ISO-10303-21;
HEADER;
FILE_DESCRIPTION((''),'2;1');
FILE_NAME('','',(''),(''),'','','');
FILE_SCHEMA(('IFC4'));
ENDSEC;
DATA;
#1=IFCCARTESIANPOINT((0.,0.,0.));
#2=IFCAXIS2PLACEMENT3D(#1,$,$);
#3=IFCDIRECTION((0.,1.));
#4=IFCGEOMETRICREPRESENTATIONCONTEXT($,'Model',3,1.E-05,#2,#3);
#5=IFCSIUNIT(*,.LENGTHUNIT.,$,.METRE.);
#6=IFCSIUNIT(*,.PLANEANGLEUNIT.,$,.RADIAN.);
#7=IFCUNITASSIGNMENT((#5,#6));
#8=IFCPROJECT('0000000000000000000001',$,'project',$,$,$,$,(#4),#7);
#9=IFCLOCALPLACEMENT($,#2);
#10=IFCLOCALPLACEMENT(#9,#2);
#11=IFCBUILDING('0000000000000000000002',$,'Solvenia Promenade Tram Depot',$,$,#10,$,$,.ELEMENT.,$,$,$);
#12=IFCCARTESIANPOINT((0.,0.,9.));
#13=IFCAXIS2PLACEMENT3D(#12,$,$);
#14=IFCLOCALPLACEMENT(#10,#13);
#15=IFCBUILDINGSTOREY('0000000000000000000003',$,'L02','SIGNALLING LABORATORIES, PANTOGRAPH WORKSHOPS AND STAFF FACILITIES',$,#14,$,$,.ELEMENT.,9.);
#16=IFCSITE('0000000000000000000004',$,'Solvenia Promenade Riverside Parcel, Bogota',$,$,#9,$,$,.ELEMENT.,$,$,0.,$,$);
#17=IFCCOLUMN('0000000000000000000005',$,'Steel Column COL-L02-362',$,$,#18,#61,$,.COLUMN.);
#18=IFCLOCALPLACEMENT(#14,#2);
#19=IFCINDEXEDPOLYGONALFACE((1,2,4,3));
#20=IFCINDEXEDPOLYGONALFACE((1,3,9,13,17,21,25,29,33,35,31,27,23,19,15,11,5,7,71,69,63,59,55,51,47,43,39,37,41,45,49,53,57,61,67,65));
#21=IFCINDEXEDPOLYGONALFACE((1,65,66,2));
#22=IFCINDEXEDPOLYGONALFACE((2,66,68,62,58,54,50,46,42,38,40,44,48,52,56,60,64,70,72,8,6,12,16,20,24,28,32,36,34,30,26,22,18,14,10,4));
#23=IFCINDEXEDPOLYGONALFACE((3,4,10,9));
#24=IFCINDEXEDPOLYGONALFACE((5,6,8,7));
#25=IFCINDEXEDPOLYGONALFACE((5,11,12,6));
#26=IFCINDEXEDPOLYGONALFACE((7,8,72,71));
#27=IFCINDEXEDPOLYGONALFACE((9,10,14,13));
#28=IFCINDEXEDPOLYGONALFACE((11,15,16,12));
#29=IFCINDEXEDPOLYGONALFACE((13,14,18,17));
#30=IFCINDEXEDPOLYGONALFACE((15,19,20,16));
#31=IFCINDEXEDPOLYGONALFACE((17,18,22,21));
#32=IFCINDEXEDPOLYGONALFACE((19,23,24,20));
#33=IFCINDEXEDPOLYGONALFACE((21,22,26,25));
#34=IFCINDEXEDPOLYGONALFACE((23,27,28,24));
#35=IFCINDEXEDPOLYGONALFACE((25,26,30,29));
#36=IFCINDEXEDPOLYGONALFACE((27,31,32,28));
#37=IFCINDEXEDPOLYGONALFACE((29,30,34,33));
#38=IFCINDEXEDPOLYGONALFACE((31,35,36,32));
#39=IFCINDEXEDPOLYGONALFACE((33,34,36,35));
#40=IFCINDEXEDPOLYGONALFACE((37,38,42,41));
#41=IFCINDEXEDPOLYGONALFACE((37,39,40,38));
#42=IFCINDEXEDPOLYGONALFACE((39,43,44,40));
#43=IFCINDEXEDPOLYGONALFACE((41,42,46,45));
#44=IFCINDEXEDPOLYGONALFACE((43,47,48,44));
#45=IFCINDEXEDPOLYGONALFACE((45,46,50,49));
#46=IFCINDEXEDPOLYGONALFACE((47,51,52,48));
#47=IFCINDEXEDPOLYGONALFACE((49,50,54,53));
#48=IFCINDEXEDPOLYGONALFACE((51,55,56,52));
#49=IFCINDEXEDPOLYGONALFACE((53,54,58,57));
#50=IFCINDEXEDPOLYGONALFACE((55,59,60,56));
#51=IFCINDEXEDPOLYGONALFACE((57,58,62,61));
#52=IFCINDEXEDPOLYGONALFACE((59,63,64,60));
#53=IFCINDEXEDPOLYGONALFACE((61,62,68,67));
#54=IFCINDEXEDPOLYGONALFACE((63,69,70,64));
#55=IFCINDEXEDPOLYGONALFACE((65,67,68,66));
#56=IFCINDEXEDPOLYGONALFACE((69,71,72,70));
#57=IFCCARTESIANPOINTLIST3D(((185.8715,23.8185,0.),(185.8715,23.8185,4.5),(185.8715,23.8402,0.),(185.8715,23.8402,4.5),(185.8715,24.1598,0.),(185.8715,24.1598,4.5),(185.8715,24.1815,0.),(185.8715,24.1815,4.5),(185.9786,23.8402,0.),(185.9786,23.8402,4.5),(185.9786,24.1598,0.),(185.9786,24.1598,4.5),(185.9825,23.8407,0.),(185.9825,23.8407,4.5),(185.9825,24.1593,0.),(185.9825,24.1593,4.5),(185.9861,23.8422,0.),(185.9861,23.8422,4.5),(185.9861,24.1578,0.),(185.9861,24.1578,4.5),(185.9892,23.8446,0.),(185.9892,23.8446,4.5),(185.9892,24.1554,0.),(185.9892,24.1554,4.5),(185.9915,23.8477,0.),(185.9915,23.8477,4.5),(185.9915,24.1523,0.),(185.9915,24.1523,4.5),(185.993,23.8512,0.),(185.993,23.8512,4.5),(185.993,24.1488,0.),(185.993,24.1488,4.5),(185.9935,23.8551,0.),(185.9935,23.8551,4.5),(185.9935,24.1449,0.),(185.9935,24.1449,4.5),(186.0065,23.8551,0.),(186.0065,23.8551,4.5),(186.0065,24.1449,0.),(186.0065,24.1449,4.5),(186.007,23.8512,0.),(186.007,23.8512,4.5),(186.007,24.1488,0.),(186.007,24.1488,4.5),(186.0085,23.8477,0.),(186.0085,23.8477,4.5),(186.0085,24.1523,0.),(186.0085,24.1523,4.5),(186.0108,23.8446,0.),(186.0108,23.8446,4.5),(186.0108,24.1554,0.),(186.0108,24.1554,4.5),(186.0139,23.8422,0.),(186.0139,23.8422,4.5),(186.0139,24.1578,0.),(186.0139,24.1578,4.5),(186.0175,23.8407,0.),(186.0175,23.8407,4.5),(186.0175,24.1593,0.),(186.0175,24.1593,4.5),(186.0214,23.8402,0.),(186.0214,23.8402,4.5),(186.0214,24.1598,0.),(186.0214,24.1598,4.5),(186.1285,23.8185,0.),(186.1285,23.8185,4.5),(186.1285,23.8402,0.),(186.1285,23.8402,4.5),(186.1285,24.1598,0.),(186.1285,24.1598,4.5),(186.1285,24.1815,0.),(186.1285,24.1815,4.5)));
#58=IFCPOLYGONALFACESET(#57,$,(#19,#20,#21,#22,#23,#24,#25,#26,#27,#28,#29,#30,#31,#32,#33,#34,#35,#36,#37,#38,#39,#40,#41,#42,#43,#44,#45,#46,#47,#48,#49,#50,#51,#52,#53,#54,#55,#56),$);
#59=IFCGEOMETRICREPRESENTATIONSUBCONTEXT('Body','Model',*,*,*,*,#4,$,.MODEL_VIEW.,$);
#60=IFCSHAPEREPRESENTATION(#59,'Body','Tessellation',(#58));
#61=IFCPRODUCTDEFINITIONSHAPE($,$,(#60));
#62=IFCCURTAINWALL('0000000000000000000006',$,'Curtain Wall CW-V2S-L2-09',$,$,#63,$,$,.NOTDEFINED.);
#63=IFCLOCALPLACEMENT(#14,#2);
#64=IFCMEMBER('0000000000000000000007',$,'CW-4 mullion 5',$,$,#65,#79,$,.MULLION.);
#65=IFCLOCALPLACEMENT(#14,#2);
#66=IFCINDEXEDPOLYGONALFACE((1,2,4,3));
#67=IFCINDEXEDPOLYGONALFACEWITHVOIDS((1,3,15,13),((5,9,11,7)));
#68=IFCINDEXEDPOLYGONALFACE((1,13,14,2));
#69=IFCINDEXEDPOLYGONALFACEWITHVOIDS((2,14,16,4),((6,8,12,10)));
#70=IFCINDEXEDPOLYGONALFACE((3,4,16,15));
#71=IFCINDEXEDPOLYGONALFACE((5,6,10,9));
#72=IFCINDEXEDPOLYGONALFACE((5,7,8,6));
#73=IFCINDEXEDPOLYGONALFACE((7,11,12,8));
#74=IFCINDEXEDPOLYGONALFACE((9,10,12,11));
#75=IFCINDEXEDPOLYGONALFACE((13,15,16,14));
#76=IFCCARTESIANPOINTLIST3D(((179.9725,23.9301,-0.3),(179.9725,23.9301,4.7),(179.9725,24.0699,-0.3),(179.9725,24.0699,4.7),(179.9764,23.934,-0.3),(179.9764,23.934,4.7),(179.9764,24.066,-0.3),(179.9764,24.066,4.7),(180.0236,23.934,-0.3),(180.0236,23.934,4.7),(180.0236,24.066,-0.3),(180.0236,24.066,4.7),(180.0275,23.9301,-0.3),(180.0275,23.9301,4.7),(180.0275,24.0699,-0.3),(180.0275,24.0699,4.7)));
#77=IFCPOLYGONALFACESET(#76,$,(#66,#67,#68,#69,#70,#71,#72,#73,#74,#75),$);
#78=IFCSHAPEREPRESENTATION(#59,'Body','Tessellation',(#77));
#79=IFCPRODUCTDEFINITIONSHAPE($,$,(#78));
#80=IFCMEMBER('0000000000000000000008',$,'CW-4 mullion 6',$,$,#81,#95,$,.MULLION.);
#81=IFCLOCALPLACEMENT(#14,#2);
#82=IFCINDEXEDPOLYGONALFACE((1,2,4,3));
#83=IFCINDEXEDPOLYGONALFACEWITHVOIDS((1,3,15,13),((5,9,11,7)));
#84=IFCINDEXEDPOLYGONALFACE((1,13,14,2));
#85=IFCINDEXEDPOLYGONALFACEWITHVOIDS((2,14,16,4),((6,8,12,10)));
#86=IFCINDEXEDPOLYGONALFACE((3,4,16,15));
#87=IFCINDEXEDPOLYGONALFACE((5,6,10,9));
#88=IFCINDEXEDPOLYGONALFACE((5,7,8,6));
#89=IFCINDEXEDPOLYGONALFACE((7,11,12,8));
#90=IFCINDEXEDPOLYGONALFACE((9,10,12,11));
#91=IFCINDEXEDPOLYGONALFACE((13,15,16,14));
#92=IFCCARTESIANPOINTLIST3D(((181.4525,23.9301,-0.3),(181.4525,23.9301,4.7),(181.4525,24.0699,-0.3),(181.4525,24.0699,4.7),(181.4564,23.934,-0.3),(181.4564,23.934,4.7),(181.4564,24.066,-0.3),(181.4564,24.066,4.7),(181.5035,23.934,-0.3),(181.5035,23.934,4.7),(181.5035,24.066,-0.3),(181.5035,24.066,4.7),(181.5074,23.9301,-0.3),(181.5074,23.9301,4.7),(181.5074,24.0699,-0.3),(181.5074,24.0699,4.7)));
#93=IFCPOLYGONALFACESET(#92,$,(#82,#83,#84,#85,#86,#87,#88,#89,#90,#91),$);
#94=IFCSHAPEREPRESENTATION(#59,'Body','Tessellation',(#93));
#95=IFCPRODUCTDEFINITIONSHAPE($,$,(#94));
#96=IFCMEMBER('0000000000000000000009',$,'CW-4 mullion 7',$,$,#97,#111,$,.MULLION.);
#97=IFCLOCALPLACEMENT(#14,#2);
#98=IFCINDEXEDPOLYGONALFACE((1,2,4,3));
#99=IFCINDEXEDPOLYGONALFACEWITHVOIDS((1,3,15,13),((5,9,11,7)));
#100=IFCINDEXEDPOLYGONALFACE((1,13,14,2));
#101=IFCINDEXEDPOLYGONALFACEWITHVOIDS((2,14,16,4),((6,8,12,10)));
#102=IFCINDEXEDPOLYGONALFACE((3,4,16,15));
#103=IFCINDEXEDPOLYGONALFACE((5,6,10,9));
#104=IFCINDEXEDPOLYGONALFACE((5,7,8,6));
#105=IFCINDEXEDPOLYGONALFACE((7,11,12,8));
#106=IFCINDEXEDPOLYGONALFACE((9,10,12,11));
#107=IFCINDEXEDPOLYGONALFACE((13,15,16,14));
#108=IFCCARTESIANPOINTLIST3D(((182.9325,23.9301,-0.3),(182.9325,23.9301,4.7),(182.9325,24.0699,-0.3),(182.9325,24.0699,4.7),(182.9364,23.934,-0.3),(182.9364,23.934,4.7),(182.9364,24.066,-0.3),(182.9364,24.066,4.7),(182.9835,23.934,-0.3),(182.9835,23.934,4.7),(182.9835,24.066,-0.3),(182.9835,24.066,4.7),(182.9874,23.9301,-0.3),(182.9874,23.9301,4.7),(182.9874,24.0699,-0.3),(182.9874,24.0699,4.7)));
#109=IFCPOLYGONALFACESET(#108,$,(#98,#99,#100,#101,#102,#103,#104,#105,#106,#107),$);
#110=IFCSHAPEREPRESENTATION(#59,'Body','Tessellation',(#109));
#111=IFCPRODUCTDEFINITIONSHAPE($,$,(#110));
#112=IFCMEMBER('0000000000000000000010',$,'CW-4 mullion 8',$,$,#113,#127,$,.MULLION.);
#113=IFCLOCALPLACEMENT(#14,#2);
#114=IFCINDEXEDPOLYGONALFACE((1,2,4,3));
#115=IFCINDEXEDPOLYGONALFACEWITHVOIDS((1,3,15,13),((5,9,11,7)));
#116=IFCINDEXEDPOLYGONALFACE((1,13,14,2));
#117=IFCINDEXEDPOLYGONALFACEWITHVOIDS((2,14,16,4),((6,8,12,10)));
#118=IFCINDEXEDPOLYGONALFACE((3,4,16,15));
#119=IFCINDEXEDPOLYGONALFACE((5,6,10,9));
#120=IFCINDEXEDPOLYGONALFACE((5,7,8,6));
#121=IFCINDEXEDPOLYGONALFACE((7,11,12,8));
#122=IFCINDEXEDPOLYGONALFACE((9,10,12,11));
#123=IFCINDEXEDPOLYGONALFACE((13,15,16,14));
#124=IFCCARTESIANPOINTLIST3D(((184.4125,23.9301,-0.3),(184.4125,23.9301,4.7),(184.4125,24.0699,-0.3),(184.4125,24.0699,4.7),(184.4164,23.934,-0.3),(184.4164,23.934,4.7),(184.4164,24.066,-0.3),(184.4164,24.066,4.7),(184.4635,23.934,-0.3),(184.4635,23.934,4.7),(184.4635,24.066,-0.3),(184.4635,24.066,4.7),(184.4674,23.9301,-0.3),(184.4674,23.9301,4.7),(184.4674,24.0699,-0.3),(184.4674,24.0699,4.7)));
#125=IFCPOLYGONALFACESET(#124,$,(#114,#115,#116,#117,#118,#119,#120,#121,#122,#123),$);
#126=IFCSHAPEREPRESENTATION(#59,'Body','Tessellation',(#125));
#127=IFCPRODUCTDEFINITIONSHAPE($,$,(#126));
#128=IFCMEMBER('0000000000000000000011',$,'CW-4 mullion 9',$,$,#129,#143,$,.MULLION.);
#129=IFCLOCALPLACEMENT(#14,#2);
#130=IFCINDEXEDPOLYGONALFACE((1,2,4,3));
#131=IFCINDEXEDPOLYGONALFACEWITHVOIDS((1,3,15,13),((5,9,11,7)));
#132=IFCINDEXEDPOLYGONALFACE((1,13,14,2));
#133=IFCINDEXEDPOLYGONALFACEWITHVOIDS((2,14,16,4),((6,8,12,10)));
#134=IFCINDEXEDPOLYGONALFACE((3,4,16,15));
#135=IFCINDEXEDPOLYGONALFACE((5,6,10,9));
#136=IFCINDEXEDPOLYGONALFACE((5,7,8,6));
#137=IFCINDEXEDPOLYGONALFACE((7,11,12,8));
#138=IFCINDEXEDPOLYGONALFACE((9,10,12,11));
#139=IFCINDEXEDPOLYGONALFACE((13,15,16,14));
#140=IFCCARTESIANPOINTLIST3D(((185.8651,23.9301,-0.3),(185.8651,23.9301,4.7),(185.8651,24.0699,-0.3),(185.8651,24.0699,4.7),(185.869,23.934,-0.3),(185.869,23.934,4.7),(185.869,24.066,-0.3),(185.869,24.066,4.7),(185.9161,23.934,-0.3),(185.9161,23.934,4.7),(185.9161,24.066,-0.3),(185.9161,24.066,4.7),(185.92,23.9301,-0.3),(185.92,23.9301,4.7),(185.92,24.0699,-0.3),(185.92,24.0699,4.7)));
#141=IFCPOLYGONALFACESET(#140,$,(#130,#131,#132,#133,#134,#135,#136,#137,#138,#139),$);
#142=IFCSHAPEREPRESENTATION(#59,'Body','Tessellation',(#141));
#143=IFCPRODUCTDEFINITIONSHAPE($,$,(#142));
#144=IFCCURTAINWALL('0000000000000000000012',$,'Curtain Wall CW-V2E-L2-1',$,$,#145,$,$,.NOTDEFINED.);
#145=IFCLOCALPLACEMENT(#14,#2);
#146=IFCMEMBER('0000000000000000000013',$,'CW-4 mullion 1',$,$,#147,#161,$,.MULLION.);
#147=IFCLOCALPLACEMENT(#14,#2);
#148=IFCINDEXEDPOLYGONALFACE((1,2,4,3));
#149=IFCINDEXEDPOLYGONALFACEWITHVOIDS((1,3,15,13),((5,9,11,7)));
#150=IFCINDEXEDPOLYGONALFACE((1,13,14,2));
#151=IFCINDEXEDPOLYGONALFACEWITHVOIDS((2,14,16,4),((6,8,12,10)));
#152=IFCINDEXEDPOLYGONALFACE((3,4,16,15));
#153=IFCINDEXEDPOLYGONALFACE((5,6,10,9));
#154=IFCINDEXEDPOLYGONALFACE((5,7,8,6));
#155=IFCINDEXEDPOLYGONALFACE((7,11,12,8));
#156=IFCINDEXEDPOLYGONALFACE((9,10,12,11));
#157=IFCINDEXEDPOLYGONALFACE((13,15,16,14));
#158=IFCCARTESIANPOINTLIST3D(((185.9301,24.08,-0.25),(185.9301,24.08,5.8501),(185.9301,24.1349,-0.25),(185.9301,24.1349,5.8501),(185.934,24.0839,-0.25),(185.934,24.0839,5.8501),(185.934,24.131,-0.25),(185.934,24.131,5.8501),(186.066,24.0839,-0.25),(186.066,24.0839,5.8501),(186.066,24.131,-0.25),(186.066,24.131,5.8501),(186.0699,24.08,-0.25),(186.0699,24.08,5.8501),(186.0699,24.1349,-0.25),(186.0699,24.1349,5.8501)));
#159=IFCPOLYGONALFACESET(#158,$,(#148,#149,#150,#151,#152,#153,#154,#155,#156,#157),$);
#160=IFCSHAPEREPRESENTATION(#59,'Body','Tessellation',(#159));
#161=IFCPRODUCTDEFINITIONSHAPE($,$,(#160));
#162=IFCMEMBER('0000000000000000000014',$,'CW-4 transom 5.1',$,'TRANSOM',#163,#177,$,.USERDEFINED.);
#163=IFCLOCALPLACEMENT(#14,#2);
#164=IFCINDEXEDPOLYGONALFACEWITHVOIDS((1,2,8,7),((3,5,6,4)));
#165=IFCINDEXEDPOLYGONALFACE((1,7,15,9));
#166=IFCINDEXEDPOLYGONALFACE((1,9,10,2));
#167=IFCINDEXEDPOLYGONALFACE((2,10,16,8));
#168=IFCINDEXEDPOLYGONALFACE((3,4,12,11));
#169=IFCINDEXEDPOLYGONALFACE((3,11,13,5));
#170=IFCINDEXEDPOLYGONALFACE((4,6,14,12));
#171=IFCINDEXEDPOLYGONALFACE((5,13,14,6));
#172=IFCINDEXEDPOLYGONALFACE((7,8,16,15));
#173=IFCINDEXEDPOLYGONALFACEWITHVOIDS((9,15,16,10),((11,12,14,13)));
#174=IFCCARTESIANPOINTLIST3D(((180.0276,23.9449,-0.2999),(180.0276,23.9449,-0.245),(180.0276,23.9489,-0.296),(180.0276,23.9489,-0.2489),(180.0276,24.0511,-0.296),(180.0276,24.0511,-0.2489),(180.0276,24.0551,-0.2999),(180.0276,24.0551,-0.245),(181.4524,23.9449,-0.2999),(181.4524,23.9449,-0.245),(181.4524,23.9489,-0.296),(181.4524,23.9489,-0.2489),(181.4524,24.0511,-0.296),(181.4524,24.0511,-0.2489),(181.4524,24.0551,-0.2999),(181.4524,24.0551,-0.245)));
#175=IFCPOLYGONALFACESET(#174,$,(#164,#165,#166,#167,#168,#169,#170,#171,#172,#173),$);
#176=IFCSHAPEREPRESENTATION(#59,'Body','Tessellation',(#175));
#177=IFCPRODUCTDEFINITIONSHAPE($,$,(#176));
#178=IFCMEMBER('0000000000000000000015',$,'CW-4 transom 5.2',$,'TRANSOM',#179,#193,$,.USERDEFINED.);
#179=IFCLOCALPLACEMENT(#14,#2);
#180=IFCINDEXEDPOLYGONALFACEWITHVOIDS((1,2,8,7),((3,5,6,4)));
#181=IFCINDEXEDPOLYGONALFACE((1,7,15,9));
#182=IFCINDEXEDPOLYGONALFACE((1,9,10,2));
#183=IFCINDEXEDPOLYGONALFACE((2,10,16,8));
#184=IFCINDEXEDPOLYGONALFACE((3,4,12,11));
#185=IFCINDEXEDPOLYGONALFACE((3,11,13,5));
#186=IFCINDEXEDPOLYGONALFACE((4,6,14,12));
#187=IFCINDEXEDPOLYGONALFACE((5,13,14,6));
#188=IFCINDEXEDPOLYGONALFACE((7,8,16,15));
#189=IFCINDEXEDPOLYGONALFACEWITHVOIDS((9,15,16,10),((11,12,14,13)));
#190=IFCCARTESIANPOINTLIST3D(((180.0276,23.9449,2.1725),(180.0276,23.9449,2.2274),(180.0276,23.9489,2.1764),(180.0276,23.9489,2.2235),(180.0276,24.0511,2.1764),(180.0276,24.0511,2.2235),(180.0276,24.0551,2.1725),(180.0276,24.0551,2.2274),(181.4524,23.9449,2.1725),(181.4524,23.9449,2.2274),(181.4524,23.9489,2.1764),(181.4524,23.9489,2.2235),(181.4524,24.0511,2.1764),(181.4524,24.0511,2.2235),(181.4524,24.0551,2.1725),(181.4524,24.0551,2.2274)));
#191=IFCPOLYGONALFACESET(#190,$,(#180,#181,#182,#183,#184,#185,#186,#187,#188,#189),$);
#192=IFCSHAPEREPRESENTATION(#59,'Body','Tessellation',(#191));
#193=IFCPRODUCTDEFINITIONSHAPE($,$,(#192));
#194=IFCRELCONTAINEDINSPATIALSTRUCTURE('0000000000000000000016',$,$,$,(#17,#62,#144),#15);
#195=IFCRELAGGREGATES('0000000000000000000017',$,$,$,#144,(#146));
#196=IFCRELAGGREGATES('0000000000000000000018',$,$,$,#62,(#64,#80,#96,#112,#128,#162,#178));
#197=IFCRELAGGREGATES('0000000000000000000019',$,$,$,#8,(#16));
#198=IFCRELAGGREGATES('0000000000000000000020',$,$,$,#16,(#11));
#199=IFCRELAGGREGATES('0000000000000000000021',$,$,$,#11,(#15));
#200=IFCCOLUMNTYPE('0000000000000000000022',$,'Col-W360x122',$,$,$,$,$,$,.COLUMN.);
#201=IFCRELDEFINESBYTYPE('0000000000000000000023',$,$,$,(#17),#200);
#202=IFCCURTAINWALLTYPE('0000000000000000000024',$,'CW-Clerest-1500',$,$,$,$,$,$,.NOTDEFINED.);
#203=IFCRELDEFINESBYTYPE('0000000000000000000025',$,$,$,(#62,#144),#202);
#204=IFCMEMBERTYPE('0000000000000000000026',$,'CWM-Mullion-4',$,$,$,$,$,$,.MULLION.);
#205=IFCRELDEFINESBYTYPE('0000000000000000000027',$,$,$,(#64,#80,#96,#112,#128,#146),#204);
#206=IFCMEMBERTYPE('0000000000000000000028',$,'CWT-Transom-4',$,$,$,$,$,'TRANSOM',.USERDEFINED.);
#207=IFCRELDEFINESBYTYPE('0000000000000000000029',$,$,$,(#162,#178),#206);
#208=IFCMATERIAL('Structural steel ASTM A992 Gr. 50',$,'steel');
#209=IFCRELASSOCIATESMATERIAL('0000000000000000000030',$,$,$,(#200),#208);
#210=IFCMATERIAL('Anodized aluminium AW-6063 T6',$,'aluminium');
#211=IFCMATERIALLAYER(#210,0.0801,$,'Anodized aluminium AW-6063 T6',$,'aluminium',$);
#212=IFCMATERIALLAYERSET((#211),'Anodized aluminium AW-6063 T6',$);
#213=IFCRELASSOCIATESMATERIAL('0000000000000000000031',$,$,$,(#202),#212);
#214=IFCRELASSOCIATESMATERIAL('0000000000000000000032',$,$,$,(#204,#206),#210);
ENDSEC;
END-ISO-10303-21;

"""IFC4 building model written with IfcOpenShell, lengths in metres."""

from ifc_helpers import new_model, si_unit, direction, frame, origin, origin_2d, place, context, subcontext, project, spatial, hollow_rectangle, i_section, extrude, material, layer, layer_set, material_profile, profile_set, type_object, element, aggregate, save


model = new_model("IFC4")

# Units and contexts
model_context = context("Model", 3, precision=1e-05, world=origin(), true_north=direction((0.0, 1.0)))
body_context = subcontext(model_context, "Body", "Model", "MODEL_VIEW")
ifc_project = project(units=[si_unit("LENGTHUNIT", "METRE"), si_unit("PLANEANGLEUNIT", "RADIAN")], contexts=[model_context])

# Site, building, storey
site_placement = place(None, origin())
site = spatial("IfcSite", under=ifc_project, at=site_placement, Name="Solvenia Promenade Riverside Parcel, Bogota", CompositionType="ELEMENT", RefElevation=0.0)
building_placement = place(site_placement, origin())
building = spatial("IfcBuilding", under=site, at=building_placement, Name="Solvenia Promenade Tram Depot", CompositionType="ELEMENT")
storey_placement = place(building_placement, frame((0.0, 0.0, 9.0)))
storey = spatial("IfcBuildingStorey", under=building, at=storey_placement, Name="L02", Description="SIGNALLING LABORATORIES, PANTOGRAPH WORKSHOPS AND STAFF FACILITIES", CompositionType="ELEMENT", Elevation=9.0)

# Column
ifc_material_1 = material(Name="Structural steel ASTM A992 Gr. 50", Category="steel")
ifc_material_profile_1 = material_profile(ifc_material_1, i_section(OverallWidth=0.2571, OverallDepth=0.363, WebThickness=0.0129, FlangeThickness=0.0217, FilletRadius=0.0149, at=origin_2d()), Name="W360x122", Category="steel")
ifc_profile_set_1 = profile_set([ifc_material_profile_1], Name="Structural steel ASTM A992 Gr. 50")
column_type = type_object("IfcColumnType", Name="Col-W360x122", PredefinedType="COLUMN", material=ifc_profile_set_1)
column_placement = place(storey_placement, frame((186.0, 24.0, 0.0), z_axis=(0.0, 0.0, 1.0), x_axis=(1.0, 0.0, 0.0)))
element("IfcColumn", 1, at=column_placement, inside=storey, type_object=column_type, Name="Steel Column COL-L02-362", PredefinedType="COLUMN", context=body_context, shape_type="SweptSolid", body=[
    extrude(i_section(OverallWidth=0.2571, OverallDepth=0.363, WebThickness=0.0129, FlangeThickness=0.0217, FilletRadius=0.0149, at=origin_2d()), origin(), (0.0, 0.0, 1.0), 4.5),
])

# Curtain wall, members
ifc_material_2 = material(Name="Anodized aluminium AW-6063 T6", Category="aluminium")
ifc_layer_1 = layer(ifc_material_2, 0.0801, Name="Anodized aluminium AW-6063 T6", Category="aluminium")
ifc_layer_set_1 = layer_set([ifc_layer_1], Name="Anodized aluminium AW-6063 T6")
curtain_wall_type = type_object("IfcCurtainWallType", Name="CW-Clerest-1500", PredefinedType="NOTDEFINED", material=ifc_layer_set_1)
curtain_wall_1_placement = place(storey_placement, origin())
curtain_wall_1 = element("IfcCurtainWall", 2, at=curtain_wall_1_placement, inside=storey, type_object=curtain_wall_type, Name="Curtain Wall CW-V2S-L2-09", PredefinedType="NOTDEFINED")
ifc_material_profile_2 = material_profile(ifc_material_2, hollow_rectangle(XDim=0.1399, YDim=0.0549, WallThickness=0.0039, at=origin_2d()), Name="ALU-M4", Category="aluminium")
ifc_profile_set_2 = profile_set([ifc_material_profile_2], Name="Anodized aluminium AW-6063 T6")
member_type_1 = type_object("IfcMemberType", Name="CWM-Mullion-4", PredefinedType="MULLION", material=ifc_profile_set_2)
member_1_placement = place(storey_placement, frame((180.0, 24.0, -0.3), z_axis=(0.0, 0.0, 1.0), x_axis=(0.0, 1.0, 0.0)))
member_1 = element("IfcMember", 3, at=member_1_placement, type_object=member_type_1, Name="CW-4 mullion 5", PredefinedType="MULLION", context=body_context, shape_type="SweptSolid", body=[
    extrude(hollow_rectangle(XDim=0.1399, YDim=0.0549, WallThickness=0.0039, at=origin_2d()), origin(), (0.0, 0.0, 1.0), 5.0),
])
member_2_placement = place(storey_placement, frame((181.48, 24.0, -0.3), z_axis=(0.0, 0.0, 1.0), x_axis=(0.0, 1.0, 0.0)))
member_2 = element("IfcMember", 4, at=member_2_placement, type_object=member_type_1, Name="CW-4 mullion 6", PredefinedType="MULLION", context=body_context, shape_type="SweptSolid", body=[
    extrude(hollow_rectangle(XDim=0.1399, YDim=0.0549, WallThickness=0.0039, at=origin_2d()), origin(), (0.0, 0.0, 1.0), 5.0),
])
member_3_placement = place(storey_placement, frame((182.96, 24.0, -0.3), z_axis=(0.0, 0.0, 1.0), x_axis=(0.0, 1.0, 0.0)))
member_3 = element("IfcMember", 5, at=member_3_placement, type_object=member_type_1, Name="CW-4 mullion 7", PredefinedType="MULLION", context=body_context, shape_type="SweptSolid", body=[
    extrude(hollow_rectangle(XDim=0.1399, YDim=0.0549, WallThickness=0.0039, at=origin_2d()), origin(), (0.0, 0.0, 1.0), 5.0),
])
member_4_placement = place(storey_placement, frame((184.4399, 24.0, -0.3), z_axis=(0.0, 0.0, 1.0), x_axis=(0.0, 1.0, 0.0)))
member_4 = element("IfcMember", 6, at=member_4_placement, type_object=member_type_1, Name="CW-4 mullion 8", PredefinedType="MULLION", context=body_context, shape_type="SweptSolid", body=[
    extrude(hollow_rectangle(XDim=0.1399, YDim=0.0549, WallThickness=0.0039, at=origin_2d()), origin(), (0.0, 0.0, 1.0), 5.0),
])
member_5_placement = place(storey_placement, frame((185.8926, 24.0, -0.3), z_axis=(0.0, 0.0, 1.0), x_axis=(0.0, 1.0, 0.0)))
member_5 = element("IfcMember", 7, at=member_5_placement, type_object=member_type_1, Name="CW-4 mullion 9", PredefinedType="MULLION", context=body_context, shape_type="SweptSolid", body=[
    extrude(hollow_rectangle(XDim=0.1399, YDim=0.0549, WallThickness=0.0039, at=origin_2d()), origin(), (0.0, 0.0, 1.0), 5.0),
])

# Curtain wall, member
curtain_wall_2_placement = place(storey_placement, origin())
curtain_wall_2 = element("IfcCurtainWall", 8, at=curtain_wall_2_placement, inside=storey, type_object=curtain_wall_type, Name="Curtain Wall CW-V2E-L2-1", PredefinedType="NOTDEFINED")
member_6_placement = place(storey_placement, frame((186.0, 24.1074, -0.25), z_axis=(0.0, 0.0, 1.0), x_axis=(-1.0, 0.0, 0.0)))
member_6 = element("IfcMember", 9, at=member_6_placement, type_object=member_type_1, Name="CW-4 mullion 1", PredefinedType="MULLION", context=body_context, shape_type="SweptSolid", body=[
    extrude(hollow_rectangle(XDim=0.1399, YDim=0.0549, WallThickness=0.0039, at=origin_2d()), origin(), (0.0, 0.0, 1.0), 6.1001),
])

# Members
ifc_material_profile_3 = material_profile(ifc_material_2, hollow_rectangle(XDim=0.1101, YDim=0.0549, WallThickness=0.0039, at=origin_2d()), Name="ALU-T4", Category="aluminium")
ifc_profile_set_3 = profile_set([ifc_material_profile_3], Name="Anodized aluminium AW-6063 T6")
member_type_2 = type_object("IfcMemberType", Name="CWT-Transom-4", ElementType="TRANSOM", PredefinedType="USERDEFINED", material=ifc_profile_set_3)
member_7_placement = place(storey_placement, frame((180.0276, 24.0, -0.2725), z_axis=(1.0, 0.0, 0.0), x_axis=(0.0, 1.0, 0.0)))
member_7 = element("IfcMember", 10, at=member_7_placement, type_object=member_type_2, Name="CW-4 transom 5.1", ObjectType="TRANSOM", PredefinedType="USERDEFINED", context=body_context, shape_type="SweptSolid", body=[
    extrude(hollow_rectangle(XDim=0.1101, YDim=0.0549, WallThickness=0.0039, at=origin_2d()), origin(), (0.0, 0.0, 1.0), 1.4248),
])
member_8_placement = place(storey_placement, frame((180.0276, 24.0, 2.2), z_axis=(1.0, 0.0, 0.0), x_axis=(0.0, 1.0, 0.0)))
member_8 = element("IfcMember", 11, at=member_8_placement, type_object=member_type_2, Name="CW-4 transom 5.2", ObjectType="TRANSOM", PredefinedType="USERDEFINED", context=body_context, shape_type="SweptSolid", body=[
    extrude(hollow_rectangle(XDim=0.1101, YDim=0.0549, WallThickness=0.0039, at=origin_2d()), origin(), (0.0, 0.0, 1.0), 1.4248),
])
aggregate(curtain_wall_2, [member_6])

aggregate(curtain_wall_1, [member_1, member_2, member_3, member_4, member_5, member_7, member_8])

save(model, "model.ifc")
